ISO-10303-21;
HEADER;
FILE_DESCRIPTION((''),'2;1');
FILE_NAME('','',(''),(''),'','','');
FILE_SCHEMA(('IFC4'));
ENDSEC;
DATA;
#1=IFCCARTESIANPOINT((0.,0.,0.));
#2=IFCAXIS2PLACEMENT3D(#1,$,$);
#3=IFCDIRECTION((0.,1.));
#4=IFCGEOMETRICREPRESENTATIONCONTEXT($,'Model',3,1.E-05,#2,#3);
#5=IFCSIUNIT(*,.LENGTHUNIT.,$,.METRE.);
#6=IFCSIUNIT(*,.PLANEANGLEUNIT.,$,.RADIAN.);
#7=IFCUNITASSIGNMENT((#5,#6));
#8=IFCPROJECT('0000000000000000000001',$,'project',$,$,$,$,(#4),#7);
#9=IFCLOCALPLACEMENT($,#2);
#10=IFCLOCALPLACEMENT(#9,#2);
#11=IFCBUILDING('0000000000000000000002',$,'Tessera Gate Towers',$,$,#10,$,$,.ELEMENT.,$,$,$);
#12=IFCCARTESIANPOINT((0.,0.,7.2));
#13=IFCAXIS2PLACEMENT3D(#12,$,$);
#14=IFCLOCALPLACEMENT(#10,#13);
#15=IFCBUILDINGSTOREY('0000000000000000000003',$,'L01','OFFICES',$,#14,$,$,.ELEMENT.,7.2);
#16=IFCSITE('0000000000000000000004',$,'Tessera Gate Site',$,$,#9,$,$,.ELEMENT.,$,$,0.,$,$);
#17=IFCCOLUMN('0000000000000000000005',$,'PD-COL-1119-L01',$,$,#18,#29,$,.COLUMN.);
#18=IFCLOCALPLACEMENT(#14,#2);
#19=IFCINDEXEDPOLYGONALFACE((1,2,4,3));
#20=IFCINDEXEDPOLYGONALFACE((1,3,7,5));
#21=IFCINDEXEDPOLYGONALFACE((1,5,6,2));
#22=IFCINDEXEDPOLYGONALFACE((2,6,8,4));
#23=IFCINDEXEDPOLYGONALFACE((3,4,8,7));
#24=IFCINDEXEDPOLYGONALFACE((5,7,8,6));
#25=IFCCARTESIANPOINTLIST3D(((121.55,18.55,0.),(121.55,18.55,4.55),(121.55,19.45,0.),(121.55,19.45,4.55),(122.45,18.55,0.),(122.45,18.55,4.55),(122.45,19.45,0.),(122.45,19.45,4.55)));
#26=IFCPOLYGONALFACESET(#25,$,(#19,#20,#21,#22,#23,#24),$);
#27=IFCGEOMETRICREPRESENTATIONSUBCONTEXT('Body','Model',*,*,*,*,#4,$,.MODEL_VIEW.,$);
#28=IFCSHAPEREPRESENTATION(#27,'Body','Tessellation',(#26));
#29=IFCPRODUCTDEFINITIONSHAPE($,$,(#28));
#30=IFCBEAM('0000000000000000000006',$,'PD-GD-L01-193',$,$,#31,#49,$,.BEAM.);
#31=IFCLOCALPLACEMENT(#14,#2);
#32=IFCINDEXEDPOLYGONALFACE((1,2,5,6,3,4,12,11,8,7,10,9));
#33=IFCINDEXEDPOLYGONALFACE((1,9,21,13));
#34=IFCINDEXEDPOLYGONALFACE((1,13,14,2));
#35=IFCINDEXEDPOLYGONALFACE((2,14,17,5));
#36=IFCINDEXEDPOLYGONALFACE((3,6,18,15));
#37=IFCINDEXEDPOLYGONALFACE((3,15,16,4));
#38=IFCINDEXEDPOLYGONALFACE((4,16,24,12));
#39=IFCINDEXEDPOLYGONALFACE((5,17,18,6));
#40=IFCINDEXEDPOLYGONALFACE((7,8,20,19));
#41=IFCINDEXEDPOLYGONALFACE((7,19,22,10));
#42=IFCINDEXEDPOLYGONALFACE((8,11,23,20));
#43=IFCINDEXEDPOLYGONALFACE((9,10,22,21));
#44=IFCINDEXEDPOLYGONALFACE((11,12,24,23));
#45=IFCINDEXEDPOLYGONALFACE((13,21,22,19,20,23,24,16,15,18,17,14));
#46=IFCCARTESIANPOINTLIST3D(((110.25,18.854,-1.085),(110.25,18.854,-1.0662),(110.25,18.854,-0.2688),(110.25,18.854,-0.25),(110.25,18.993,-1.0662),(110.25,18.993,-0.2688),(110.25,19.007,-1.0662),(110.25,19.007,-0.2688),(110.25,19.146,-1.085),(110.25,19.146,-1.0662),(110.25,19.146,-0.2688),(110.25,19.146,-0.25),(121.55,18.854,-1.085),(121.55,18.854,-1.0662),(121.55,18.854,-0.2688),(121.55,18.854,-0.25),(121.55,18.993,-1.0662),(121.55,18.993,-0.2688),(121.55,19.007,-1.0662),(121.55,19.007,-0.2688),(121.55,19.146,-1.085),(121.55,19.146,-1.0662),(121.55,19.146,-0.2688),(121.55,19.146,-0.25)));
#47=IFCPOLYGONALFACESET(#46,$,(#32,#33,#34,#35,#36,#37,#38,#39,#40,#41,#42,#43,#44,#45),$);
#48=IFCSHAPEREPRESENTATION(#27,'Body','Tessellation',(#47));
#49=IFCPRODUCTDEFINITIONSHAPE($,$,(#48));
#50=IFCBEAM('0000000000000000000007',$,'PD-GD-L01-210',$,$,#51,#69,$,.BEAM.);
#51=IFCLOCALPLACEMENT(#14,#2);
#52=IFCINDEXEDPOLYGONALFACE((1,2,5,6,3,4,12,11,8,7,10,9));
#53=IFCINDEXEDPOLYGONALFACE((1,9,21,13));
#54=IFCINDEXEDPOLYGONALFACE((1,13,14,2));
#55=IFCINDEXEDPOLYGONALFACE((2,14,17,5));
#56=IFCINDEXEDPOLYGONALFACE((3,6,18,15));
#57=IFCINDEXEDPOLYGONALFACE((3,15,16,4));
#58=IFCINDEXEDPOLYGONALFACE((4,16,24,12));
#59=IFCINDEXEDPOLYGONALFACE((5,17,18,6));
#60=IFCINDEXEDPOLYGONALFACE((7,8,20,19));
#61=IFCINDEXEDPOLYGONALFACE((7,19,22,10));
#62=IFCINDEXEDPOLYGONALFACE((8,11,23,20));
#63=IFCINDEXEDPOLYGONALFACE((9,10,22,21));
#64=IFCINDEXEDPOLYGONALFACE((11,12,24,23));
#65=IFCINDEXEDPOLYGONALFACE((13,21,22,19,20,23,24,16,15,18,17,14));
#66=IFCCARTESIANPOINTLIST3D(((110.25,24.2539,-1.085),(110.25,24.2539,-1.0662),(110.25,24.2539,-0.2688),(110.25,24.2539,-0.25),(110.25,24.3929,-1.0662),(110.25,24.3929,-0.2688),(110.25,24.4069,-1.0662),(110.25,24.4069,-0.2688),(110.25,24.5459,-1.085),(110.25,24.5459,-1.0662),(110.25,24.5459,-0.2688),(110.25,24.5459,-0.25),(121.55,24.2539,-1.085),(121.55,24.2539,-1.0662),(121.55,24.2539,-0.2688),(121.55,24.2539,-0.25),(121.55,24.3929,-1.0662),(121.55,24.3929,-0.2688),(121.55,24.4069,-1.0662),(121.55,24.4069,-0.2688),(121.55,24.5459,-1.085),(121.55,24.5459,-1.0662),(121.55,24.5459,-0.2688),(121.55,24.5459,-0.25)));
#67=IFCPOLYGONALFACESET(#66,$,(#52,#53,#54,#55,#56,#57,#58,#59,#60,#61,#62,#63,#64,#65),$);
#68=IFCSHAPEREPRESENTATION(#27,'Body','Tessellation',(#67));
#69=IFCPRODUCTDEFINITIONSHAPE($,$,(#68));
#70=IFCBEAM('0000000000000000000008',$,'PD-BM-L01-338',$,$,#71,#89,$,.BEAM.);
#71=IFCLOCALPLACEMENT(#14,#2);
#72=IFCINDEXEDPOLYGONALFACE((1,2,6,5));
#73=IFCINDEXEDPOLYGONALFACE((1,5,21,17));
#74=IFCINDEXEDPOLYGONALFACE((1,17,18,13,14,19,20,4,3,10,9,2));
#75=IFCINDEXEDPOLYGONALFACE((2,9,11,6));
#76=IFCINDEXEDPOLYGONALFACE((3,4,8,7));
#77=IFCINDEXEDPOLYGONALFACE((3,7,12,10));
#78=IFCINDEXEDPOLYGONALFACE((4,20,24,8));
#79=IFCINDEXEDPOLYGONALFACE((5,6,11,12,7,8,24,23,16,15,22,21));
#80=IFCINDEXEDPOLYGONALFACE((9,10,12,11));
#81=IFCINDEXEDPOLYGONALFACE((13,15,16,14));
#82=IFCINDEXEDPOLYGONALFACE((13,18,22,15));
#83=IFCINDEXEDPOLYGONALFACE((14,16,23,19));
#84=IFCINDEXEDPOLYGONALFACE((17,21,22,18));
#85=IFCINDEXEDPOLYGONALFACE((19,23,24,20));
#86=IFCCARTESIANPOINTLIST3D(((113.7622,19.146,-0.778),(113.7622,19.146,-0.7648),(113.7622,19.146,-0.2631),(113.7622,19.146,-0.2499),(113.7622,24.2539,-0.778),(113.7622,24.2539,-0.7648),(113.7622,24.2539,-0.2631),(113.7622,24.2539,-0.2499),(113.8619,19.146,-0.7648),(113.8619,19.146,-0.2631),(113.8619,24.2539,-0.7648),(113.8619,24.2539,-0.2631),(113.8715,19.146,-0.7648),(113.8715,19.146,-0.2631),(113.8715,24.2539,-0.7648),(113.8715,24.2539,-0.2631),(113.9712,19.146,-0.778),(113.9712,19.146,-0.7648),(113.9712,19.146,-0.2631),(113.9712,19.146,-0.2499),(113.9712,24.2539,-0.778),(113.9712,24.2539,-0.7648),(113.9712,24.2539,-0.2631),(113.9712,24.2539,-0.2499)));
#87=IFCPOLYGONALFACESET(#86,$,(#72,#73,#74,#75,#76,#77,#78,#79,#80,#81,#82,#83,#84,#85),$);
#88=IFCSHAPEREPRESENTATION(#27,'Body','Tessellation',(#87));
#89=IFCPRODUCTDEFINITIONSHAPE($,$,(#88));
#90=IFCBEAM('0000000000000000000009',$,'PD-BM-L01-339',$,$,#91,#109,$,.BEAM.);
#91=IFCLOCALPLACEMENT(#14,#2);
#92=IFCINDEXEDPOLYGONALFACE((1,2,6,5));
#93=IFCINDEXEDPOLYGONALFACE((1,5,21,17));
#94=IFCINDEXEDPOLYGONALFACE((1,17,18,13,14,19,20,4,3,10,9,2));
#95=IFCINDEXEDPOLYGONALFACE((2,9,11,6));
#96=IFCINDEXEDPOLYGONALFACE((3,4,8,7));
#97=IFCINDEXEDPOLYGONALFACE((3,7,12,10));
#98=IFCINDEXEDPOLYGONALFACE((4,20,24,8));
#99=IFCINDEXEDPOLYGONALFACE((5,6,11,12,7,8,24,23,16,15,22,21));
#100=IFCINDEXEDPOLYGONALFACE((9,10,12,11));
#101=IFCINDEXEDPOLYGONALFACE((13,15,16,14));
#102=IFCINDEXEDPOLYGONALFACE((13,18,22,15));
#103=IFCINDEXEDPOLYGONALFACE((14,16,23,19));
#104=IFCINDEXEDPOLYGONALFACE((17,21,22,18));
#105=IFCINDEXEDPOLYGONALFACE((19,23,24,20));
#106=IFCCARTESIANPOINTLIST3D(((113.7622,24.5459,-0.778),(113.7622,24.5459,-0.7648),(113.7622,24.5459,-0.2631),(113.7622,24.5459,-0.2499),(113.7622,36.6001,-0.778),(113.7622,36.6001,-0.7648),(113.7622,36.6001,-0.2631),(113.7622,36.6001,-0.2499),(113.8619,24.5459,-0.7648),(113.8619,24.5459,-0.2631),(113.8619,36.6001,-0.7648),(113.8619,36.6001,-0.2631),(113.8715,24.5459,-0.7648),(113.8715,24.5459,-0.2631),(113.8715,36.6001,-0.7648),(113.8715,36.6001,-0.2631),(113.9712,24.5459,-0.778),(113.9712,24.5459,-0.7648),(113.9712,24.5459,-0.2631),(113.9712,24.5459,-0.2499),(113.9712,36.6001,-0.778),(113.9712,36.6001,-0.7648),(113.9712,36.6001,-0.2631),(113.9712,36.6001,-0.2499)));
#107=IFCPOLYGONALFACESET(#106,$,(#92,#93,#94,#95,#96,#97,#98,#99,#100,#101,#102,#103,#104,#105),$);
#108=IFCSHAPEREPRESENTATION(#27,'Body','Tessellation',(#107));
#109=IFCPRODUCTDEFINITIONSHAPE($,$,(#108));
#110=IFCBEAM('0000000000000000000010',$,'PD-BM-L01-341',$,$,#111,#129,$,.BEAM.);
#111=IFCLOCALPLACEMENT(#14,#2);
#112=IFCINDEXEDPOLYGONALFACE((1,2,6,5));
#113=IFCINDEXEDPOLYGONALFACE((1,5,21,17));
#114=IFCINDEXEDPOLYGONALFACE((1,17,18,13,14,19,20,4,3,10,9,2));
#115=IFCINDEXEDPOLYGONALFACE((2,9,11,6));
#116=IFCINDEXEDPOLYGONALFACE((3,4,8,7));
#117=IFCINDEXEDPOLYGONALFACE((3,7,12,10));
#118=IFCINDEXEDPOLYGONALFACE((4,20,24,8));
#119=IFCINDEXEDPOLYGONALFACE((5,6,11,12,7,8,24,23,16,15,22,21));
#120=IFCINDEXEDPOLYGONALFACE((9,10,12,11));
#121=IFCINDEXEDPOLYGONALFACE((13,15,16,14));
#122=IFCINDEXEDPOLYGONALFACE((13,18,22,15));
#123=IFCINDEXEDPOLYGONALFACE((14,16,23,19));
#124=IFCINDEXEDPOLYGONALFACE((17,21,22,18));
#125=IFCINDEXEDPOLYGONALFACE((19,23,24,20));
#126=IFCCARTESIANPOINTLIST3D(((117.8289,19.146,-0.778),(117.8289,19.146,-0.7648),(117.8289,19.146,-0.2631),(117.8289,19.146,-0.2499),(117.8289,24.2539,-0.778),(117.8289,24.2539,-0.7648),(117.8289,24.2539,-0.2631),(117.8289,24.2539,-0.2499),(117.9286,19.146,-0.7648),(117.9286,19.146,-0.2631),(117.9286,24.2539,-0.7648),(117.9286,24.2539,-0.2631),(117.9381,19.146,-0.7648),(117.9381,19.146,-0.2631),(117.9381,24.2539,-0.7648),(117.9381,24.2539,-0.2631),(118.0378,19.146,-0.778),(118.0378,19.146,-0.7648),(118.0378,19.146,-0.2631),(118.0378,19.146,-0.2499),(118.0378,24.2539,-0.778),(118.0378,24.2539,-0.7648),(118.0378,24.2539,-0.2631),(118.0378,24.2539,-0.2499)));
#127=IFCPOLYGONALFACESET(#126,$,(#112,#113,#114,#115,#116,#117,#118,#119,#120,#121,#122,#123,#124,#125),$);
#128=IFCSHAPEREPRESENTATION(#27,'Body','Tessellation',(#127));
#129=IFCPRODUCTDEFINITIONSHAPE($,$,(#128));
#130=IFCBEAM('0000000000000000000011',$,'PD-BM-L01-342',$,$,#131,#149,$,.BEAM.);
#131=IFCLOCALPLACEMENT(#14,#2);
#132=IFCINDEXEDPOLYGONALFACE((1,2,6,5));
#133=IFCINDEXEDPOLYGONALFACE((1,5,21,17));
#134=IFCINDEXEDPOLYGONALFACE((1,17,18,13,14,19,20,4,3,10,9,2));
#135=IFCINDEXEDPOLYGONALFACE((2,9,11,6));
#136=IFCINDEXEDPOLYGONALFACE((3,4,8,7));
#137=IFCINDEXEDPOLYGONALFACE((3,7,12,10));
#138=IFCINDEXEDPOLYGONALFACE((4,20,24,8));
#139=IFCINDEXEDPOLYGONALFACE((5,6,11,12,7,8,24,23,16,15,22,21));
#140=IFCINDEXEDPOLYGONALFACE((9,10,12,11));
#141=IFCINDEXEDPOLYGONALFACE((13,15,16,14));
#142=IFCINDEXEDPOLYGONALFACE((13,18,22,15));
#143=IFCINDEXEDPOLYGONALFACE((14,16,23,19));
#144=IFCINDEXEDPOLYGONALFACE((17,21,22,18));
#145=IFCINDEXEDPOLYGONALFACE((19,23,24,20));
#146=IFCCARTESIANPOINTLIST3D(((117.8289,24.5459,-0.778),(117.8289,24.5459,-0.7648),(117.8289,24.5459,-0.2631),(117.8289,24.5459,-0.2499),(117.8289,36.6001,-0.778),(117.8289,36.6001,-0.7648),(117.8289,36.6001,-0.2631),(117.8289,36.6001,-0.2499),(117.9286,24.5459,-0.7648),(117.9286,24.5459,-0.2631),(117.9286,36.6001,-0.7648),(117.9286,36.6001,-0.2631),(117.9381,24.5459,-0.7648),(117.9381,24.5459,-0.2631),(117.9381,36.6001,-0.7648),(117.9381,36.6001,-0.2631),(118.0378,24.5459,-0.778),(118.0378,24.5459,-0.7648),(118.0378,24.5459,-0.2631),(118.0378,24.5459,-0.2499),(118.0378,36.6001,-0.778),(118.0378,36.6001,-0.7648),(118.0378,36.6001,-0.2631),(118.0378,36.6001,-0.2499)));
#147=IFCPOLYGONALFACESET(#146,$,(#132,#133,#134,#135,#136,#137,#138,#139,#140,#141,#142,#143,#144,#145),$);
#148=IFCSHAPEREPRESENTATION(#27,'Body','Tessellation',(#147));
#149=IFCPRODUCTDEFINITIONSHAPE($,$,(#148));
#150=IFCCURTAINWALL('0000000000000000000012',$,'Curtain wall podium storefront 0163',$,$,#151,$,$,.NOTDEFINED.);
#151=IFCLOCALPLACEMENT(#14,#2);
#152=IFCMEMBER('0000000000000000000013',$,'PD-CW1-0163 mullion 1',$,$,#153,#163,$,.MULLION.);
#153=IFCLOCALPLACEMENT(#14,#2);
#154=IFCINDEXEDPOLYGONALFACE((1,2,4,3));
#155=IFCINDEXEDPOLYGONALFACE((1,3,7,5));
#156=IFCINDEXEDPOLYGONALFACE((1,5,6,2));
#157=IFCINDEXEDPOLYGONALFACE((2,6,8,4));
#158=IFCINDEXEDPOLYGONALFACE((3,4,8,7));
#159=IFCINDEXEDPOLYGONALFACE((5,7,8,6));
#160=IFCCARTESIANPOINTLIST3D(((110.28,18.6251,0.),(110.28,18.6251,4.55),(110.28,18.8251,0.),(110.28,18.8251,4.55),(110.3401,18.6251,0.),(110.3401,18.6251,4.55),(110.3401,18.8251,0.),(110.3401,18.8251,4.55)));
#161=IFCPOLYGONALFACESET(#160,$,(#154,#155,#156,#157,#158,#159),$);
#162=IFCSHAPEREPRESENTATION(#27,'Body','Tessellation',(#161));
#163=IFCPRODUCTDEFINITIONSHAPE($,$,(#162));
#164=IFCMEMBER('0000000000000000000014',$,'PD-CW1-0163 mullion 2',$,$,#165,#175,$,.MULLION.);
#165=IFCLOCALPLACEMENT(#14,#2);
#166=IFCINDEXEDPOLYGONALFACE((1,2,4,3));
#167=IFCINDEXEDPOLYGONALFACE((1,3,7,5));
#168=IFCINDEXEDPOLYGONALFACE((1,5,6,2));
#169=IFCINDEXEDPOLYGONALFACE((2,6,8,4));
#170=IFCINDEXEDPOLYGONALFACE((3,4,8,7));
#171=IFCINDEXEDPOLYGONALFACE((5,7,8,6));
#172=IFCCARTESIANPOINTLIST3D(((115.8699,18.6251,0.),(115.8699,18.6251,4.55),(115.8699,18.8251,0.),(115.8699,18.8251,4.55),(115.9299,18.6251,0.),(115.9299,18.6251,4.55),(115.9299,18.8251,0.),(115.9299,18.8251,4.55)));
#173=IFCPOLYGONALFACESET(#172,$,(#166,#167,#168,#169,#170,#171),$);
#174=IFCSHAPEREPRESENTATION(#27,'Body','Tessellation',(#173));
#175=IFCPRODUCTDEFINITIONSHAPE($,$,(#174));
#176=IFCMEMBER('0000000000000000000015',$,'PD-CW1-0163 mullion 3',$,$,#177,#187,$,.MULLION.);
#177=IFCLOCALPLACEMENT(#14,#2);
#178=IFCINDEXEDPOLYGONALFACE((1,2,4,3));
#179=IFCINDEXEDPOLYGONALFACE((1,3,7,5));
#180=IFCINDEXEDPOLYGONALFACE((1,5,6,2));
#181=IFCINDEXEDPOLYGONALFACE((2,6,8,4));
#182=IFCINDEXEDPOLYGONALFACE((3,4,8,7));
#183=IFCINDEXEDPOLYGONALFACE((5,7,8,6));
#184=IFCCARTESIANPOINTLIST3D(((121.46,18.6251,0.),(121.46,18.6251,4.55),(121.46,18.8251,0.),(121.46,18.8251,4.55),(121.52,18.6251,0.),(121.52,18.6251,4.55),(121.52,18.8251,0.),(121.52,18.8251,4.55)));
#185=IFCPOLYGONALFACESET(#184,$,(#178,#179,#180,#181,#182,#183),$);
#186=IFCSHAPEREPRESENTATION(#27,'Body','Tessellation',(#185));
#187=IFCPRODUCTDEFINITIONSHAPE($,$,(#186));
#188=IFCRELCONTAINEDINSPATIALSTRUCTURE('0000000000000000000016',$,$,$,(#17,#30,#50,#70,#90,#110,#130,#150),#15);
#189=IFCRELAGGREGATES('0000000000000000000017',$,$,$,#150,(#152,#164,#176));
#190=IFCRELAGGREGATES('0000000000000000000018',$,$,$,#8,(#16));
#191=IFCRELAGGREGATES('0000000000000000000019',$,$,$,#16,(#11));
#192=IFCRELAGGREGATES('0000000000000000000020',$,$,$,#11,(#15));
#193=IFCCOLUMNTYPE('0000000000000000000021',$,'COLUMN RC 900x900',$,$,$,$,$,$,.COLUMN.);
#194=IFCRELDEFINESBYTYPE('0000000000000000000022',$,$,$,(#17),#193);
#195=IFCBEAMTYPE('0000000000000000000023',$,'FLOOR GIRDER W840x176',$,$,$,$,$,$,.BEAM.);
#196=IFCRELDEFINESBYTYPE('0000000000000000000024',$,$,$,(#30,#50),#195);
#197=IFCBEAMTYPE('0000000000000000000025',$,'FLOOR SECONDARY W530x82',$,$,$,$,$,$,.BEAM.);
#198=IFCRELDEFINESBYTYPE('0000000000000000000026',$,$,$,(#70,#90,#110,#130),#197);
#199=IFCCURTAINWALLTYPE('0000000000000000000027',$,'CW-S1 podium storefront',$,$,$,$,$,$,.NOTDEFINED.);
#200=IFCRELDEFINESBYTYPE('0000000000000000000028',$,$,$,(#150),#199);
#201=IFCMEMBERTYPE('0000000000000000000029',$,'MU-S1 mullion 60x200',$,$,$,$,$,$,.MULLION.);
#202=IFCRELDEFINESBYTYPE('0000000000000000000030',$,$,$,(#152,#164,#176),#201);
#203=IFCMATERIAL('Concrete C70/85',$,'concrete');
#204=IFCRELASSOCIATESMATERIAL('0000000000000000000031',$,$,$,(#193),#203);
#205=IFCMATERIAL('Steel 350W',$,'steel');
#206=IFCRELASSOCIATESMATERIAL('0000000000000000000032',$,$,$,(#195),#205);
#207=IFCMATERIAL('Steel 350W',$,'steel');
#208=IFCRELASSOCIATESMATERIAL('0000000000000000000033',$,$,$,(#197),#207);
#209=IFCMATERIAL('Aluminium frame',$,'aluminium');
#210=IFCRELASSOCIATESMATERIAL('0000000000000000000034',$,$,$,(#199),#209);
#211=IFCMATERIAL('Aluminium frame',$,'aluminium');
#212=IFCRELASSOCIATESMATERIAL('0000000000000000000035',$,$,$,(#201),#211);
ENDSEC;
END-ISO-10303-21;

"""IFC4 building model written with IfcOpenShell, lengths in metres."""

from ifc_helpers import new_model, si_unit, direction, frame, origin, origin_2d, place, context, subcontext, project, spatial, rectangle, i_section, extrude, material, material_profile, profile_set, type_object, element, aggregate, save


model = new_model("IFC4")

# Units and contexts
model_context = context("Model", 3, precision=1e-05, world=origin(), true_north=direction((0.0, 1.0)))
body_context = subcontext(model_context, "Body", "Model", "MODEL_VIEW")
ifc_project = project(units=[si_unit("LENGTHUNIT", "METRE"), si_unit("PLANEANGLEUNIT", "RADIAN")], contexts=[model_context])

# Site, building, storey
site_placement = place(None, origin())
site = spatial("IfcSite", under=ifc_project, at=site_placement, Name="Tessera Gate Site", CompositionType="ELEMENT", RefElevation=0.0)
building_placement = place(site_placement, origin())
building = spatial("IfcBuilding", under=site, at=building_placement, Name="Tessera Gate Towers", CompositionType="ELEMENT")
storey_placement = place(building_placement, frame((0.0, 0.0, 7.2)))
storey = spatial("IfcBuildingStorey", under=building, at=storey_placement, Name="L01", Description="OFFICES", CompositionType="ELEMENT", Elevation=7.2)

# Column
ifc_material_1 = material(Name="Concrete C70/85", Category="concrete")
ifc_material_profile_1 = material_profile(ifc_material_1, rectangle(XDim=0.8999, YDim=0.8999, at=origin_2d()), Name="RC 900x900")
ifc_profile_set_1 = profile_set([ifc_material_profile_1], Name="Concrete C70/85")
column_type = type_object("IfcColumnType", Name="COLUMN RC 900x900", PredefinedType="COLUMN", material=ifc_profile_set_1)
column_placement = place(storey_placement, frame((122.0, 19.0, 0.0), z_axis=(0.0, 0.0, 1.0), x_axis=(1.0, 0.0, 0.0)))
element("IfcColumn", 1, at=column_placement, inside=storey, type_object=column_type, Name="PD-COL-1119-L01", PredefinedType="COLUMN", context=body_context, shape_type="SweptSolid", body=[
    extrude(rectangle(XDim=0.8999, YDim=0.8999, at=origin_2d()), origin(), (0.0, 0.0, 1.0), 4.55),
])

# Beams
ifc_material_2 = material(Name="Steel 350W", Category="steel")
ifc_material_profile_2 = material_profile(ifc_material_2, i_section(OverallWidth=0.292, OverallDepth=0.835, WebThickness=0.0139, FlangeThickness=0.0188, at=origin_2d()), Name="W840x176")
ifc_profile_set_2 = profile_set([ifc_material_profile_2], Name="Steel 350W")
beam_type_1 = type_object("IfcBeamType", Name="FLOOR GIRDER W840x176", PredefinedType="BEAM", material=ifc_profile_set_2)
for number, where, z_axis, x_axis, name in (
    (2, (110.25, 19.0, -0.6675), (1.0, 0.0, 0.0), (0.0, 1.0, 0.0), "PD-GD-L01-193"),
    (3, (110.25, 24.3999, -0.6675), (1.0, 0.0, 0.0), (0.0, 1.0, 0.0), "PD-GD-L01-210"),
):
    element("IfcBeam", number, at=place(storey_placement, frame(where, z_axis=z_axis, x_axis=x_axis)), inside=storey, type_object=beam_type_1, Name=name, PredefinedType="BEAM", context=body_context, shape_type="SweptSolid", body=[
        extrude(i_section(OverallWidth=0.292, OverallDepth=0.835, WebThickness=0.0139, FlangeThickness=0.0188, at=origin_2d()), origin(), (0.0, 0.0, 1.0), 11.3),
    ])
ifc_material_3 = material(Name="Steel 350W", Category="steel")
ifc_material_profile_3 = material_profile(ifc_material_3, i_section(OverallWidth=0.209, OverallDepth=0.5281, WebThickness=0.0095, FlangeThickness=0.0132, at=origin_2d()), Name="W530x82")
ifc_profile_set_3 = profile_set([ifc_material_profile_3], Name="Steel 350W")
beam_type_2 = type_object("IfcBeamType", Name="FLOOR SECONDARY W530x82", PredefinedType="BEAM", material=ifc_profile_set_3)
beam_1_placement = place(storey_placement, frame((113.8667, 19.146, -0.5139), z_axis=(0.0, 1.0, 0.0), x_axis=(-1.0, 0.0, 0.0)))
element("IfcBeam", 4, at=beam_1_placement, inside=storey, type_object=beam_type_2, Name="PD-BM-L01-338", PredefinedType="BEAM", context=body_context, shape_type="SweptSolid", body=[
    extrude(i_section(OverallWidth=0.209, OverallDepth=0.5281, WebThickness=0.0095, FlangeThickness=0.0132, at=origin_2d()), origin(), (0.0, 0.0, 1.0), 5.1079),
])
beam_2_placement = place(storey_placement, frame((113.8667, 24.5459, -0.5139), z_axis=(0.0, 1.0, 0.0), x_axis=(-1.0, 0.0, 0.0)))
element("IfcBeam", 5, at=beam_2_placement, inside=storey, type_object=beam_type_2, Name="PD-BM-L01-339", PredefinedType="BEAM", context=body_context, shape_type="SweptSolid", body=[
    extrude(i_section(OverallWidth=0.209, OverallDepth=0.5281, WebThickness=0.0095, FlangeThickness=0.0132, at=origin_2d()), origin(), (0.0, 0.0, 1.0), 12.0542),
])
beam_3_placement = place(storey_placement, frame((117.9333, 19.146, -0.5139), z_axis=(0.0, 1.0, 0.0), x_axis=(-1.0, 0.0, 0.0)))
element("IfcBeam", 6, at=beam_3_placement, inside=storey, type_object=beam_type_2, Name="PD-BM-L01-341", PredefinedType="BEAM", context=body_context, shape_type="SweptSolid", body=[
    extrude(i_section(OverallWidth=0.209, OverallDepth=0.5281, WebThickness=0.0095, FlangeThickness=0.0132, at=origin_2d()), origin(), (0.0, 0.0, 1.0), 5.1079),
])
beam_4_placement = place(storey_placement, frame((117.9333, 24.5459, -0.5139), z_axis=(0.0, 1.0, 0.0), x_axis=(-1.0, 0.0, 0.0)))
element("IfcBeam", 7, at=beam_4_placement, inside=storey, type_object=beam_type_2, Name="PD-BM-L01-342", PredefinedType="BEAM", context=body_context, shape_type="SweptSolid", body=[
    extrude(i_section(OverallWidth=0.209, OverallDepth=0.5281, WebThickness=0.0095, FlangeThickness=0.0132, at=origin_2d()), origin(), (0.0, 0.0, 1.0), 12.0542),
])

# Curtain wall, members
ifc_material_4 = material(Name="Aluminium frame", Category="aluminium")
curtain_wall_type = type_object("IfcCurtainWallType", Name="CW-S1 podium storefront", PredefinedType="NOTDEFINED", material=ifc_material_4)
curtain_wall_placement = place(storey_placement, origin())
curtain_wall = element("IfcCurtainWall", 8, at=curtain_wall_placement, inside=storey, type_object=curtain_wall_type, Name="Curtain wall podium storefront 0163", PredefinedType="NOTDEFINED")
ifc_material_5 = material(Name="Aluminium frame", Category="aluminium")
ifc_material_profile_4 = material_profile(ifc_material_5, rectangle(XDim=0.0601, YDim=0.2, at=origin_2d()), Name="AL 60x200")
ifc_profile_set_4 = profile_set([ifc_material_profile_4], Name="Aluminium frame")
member_type_1 = type_object("IfcMemberType", Name="MU-S1 mullion 60x200", PredefinedType="MULLION", material=ifc_profile_set_4)
member_1_placement = place(storey_placement, frame((110.3101, 18.7251, 0.0), z_axis=(0.0, 0.0, 1.0), x_axis=(1.0, 0.0, 0.0)))
member_1 = element("IfcMember", 9, at=member_1_placement, type_object=member_type_1, Name="PD-CW1-0163 mullion 1", PredefinedType="MULLION", context=body_context, shape_type="SweptSolid", body=[
    extrude(rectangle(XDim=0.0601, YDim=0.2, at=origin_2d()), origin(), (0.0, 0.0, 1.0), 4.55),
])
member_2_placement = place(storey_placement, frame((115.8999, 18.7251, 0.0), z_axis=(0.0, 0.0, 1.0), x_axis=(1.0, 0.0, 0.0)))
member_2 = element("IfcMember", 10, at=member_2_placement, type_object=member_type_1, Name="PD-CW1-0163 mullion 2", PredefinedType="MULLION", context=body_context, shape_type="SweptSolid", body=[
    extrude(rectangle(XDim=0.0601, YDim=0.2, at=origin_2d()), origin(), (0.0, 0.0, 1.0), 4.55),
])
member_3_placement = place(storey_placement, frame((121.49, 18.7251, 0.0), z_axis=(0.0, 0.0, 1.0), x_axis=(1.0, 0.0, 0.0)))
member_3 = element("IfcMember", 11, at=member_3_placement, type_object=member_type_1, Name="PD-CW1-0163 mullion 3", PredefinedType="MULLION", context=body_context, shape_type="SweptSolid", body=[
    extrude(rectangle(XDim=0.0601, YDim=0.2, at=origin_2d()), origin(), (0.0, 0.0, 1.0), 4.55),
])
aggregate(curtain_wall, [member_1, member_2, member_3])

save(model, "model.ifc")
